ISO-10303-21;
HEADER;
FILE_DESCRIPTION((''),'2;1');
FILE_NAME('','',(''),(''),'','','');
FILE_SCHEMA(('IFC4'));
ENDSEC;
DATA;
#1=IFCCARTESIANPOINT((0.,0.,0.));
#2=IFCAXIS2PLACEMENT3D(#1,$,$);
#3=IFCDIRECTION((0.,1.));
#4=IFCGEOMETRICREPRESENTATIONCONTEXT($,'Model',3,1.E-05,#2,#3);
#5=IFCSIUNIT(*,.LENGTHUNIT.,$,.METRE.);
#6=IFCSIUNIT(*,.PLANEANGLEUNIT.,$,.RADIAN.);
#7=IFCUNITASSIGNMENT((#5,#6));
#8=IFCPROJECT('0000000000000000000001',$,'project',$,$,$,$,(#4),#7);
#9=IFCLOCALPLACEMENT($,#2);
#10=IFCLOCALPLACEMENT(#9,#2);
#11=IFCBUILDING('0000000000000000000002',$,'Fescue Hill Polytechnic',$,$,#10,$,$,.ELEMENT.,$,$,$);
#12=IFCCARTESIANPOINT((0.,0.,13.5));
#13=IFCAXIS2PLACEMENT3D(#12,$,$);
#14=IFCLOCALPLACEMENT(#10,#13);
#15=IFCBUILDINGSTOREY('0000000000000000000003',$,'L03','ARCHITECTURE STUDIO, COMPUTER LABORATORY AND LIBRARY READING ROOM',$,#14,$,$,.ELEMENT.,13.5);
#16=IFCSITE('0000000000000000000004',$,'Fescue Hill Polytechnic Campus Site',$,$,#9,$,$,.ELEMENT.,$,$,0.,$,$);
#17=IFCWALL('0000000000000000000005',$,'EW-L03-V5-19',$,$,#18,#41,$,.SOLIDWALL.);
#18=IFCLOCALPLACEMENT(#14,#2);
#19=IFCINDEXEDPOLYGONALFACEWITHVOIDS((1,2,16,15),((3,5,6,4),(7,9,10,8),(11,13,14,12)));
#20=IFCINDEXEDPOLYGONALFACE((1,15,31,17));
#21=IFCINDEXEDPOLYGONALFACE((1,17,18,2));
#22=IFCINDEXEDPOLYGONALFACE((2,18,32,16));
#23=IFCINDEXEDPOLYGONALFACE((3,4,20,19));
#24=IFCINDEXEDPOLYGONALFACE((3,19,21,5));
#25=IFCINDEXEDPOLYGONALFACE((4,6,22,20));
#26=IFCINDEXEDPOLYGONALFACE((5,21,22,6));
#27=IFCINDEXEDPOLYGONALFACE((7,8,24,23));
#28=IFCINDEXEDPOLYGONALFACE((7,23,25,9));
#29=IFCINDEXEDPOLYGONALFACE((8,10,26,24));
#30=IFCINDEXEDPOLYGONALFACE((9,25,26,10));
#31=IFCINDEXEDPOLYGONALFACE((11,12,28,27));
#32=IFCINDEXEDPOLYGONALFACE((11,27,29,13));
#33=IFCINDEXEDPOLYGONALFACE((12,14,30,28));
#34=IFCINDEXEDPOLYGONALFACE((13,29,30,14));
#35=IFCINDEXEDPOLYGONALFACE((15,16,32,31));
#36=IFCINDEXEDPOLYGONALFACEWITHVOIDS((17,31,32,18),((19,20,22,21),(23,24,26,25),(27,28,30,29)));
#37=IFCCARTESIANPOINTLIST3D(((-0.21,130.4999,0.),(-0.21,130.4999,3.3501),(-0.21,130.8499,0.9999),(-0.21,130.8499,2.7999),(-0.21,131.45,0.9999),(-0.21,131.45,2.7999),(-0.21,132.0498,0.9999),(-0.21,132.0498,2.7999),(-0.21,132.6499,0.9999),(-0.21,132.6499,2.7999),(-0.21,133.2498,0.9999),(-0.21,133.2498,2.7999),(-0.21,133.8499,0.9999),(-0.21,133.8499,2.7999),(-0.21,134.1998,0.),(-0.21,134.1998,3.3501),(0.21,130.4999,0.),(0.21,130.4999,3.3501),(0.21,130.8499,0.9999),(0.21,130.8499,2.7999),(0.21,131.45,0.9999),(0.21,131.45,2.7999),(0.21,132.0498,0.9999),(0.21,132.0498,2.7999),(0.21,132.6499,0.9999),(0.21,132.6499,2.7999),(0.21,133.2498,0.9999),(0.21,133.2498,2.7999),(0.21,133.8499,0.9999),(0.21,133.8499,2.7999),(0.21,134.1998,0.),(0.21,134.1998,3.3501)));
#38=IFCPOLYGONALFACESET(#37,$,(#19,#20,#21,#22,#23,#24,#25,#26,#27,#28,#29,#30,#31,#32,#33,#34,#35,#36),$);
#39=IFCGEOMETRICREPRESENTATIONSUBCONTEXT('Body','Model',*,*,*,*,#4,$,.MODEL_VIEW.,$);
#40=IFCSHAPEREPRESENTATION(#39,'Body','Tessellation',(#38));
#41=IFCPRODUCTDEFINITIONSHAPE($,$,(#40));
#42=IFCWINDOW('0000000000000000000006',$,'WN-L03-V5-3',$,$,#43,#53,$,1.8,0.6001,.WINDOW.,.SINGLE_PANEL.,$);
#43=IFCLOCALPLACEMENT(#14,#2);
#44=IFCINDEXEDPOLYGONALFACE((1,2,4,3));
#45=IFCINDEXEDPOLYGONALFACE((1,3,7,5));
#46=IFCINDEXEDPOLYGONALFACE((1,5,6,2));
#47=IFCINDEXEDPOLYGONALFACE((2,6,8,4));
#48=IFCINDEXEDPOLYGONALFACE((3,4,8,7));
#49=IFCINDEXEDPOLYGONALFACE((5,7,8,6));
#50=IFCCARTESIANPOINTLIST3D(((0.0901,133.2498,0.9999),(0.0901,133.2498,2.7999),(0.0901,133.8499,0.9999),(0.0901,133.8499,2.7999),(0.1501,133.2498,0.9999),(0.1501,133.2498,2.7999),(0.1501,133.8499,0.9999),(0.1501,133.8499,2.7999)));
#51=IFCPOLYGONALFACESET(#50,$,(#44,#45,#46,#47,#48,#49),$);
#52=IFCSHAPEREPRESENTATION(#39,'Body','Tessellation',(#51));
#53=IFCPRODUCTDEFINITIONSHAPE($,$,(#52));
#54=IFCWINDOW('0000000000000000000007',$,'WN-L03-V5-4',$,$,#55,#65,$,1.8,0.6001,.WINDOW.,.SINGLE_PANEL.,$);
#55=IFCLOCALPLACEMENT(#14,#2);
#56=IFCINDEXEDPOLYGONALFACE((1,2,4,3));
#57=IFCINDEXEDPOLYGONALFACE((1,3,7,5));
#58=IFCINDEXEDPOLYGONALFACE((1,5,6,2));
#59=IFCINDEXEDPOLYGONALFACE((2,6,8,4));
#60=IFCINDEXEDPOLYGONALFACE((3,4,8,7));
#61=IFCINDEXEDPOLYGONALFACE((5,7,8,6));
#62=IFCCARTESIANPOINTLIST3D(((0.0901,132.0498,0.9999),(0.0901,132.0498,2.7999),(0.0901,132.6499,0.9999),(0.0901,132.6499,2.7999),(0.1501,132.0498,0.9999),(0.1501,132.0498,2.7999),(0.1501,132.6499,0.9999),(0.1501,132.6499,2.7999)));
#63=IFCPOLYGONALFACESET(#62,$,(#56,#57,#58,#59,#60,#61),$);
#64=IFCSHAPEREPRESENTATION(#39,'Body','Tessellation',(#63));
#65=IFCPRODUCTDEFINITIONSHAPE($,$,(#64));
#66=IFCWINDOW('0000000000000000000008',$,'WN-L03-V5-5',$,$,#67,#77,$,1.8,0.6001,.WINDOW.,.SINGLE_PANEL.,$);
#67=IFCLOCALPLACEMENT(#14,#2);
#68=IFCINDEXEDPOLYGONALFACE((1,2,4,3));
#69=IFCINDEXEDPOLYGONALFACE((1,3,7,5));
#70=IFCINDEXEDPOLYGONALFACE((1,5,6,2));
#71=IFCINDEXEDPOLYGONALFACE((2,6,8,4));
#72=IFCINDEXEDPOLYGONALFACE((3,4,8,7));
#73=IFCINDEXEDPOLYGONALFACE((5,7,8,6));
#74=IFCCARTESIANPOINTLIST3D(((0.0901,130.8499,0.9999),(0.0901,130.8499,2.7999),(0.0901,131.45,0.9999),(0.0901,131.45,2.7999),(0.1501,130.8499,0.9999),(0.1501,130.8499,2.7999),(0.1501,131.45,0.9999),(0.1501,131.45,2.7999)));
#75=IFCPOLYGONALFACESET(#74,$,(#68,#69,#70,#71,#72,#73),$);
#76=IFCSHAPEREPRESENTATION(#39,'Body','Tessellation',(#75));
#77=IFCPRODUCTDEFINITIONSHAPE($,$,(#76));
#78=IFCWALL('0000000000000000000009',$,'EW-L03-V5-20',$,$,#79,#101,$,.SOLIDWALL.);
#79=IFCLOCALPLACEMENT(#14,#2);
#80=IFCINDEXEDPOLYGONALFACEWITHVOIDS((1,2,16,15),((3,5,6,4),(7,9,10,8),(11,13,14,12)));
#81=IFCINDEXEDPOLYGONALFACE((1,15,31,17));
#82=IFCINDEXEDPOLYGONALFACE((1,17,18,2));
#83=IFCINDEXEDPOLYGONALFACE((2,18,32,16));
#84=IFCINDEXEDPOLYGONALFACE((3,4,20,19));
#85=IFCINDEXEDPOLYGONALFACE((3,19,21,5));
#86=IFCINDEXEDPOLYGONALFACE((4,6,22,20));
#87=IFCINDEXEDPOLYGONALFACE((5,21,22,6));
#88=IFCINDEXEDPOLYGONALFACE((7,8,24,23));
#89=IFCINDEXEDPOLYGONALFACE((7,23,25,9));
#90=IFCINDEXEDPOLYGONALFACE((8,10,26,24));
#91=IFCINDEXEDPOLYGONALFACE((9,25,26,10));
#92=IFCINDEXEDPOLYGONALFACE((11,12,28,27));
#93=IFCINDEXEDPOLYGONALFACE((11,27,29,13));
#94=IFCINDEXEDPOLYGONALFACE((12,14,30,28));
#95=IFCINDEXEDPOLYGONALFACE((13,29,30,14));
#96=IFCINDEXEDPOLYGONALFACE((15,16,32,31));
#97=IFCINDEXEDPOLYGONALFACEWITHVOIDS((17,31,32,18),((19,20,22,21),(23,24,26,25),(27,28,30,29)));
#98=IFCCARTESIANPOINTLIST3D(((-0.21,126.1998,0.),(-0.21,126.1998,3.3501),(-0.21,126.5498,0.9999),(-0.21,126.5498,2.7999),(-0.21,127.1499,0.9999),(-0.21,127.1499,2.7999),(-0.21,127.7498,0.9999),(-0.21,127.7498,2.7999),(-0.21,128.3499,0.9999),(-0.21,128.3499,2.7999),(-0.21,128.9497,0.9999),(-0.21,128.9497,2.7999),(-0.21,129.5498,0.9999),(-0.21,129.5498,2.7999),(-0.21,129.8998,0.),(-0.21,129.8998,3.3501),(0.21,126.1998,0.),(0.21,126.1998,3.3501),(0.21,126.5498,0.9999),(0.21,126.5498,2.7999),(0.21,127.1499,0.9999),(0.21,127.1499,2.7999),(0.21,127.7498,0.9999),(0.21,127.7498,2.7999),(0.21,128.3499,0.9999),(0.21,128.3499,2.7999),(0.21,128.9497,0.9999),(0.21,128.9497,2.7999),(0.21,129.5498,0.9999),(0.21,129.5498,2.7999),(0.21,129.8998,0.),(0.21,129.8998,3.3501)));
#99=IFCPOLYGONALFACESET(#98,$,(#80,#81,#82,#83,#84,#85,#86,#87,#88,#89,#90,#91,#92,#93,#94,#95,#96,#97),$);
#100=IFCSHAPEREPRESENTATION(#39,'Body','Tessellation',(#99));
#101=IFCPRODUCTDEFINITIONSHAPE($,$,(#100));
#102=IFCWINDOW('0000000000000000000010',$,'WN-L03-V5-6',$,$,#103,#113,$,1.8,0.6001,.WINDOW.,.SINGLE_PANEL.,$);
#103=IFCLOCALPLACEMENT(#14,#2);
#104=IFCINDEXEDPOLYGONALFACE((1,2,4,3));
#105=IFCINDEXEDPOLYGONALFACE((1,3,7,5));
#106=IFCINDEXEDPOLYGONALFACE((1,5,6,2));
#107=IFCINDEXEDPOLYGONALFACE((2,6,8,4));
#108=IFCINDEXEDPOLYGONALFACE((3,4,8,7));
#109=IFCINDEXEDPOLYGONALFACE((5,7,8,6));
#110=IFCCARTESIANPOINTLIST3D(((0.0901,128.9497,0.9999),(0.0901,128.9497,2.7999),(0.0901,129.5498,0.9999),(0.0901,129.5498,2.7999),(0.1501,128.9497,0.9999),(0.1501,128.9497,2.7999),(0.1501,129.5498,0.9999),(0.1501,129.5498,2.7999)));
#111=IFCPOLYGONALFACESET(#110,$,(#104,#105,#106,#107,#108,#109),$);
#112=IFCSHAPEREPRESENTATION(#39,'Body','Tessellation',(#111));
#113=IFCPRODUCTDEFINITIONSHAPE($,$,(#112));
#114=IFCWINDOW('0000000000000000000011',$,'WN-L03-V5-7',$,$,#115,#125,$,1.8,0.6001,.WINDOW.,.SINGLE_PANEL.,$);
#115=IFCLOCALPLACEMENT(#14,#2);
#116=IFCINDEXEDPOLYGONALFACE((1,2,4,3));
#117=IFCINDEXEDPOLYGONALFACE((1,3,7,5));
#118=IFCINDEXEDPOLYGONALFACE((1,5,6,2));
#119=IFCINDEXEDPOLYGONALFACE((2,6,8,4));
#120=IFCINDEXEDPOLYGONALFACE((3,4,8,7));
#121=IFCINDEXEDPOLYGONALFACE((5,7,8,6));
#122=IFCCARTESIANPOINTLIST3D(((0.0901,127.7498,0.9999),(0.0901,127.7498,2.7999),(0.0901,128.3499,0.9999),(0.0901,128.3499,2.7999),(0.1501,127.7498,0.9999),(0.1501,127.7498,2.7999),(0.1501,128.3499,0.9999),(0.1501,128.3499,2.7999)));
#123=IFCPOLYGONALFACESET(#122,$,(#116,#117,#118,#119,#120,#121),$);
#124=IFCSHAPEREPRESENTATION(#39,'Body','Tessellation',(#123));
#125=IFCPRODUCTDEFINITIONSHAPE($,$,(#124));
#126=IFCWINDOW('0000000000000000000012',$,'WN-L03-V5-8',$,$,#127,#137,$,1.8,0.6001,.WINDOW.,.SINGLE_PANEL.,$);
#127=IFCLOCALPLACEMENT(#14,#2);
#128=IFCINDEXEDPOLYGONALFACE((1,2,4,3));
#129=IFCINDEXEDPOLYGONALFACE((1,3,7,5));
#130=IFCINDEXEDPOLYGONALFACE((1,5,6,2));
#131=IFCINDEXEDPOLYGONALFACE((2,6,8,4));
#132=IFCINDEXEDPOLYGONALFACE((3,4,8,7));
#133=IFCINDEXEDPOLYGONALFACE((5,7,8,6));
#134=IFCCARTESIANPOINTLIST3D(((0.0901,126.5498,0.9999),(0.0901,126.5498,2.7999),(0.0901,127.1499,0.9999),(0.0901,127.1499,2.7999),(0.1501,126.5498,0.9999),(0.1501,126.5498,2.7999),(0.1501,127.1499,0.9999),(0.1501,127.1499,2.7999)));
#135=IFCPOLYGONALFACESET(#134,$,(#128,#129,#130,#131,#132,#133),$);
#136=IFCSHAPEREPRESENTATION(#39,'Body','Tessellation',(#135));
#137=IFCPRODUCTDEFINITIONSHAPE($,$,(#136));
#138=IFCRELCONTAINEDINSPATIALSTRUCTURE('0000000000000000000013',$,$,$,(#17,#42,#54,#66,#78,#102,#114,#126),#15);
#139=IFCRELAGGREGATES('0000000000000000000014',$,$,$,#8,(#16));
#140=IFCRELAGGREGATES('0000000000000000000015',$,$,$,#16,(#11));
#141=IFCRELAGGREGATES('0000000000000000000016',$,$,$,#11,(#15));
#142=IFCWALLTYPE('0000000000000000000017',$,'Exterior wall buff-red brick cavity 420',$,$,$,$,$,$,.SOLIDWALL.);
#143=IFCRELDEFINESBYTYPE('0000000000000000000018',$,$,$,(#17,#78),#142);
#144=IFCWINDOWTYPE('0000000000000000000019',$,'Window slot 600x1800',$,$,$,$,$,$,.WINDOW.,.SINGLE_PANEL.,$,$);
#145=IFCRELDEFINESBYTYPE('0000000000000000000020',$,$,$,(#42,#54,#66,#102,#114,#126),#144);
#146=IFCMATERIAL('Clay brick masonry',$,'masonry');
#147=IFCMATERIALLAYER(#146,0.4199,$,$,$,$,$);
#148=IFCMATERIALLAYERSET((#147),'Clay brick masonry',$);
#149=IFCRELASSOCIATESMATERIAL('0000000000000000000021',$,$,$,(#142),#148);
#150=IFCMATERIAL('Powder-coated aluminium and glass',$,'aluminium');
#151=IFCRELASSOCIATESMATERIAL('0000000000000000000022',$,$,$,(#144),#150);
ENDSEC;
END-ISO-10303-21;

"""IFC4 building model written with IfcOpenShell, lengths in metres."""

from ifc_helpers import new_model, si_unit, direction, frame, frame_2d, origin, place, context, subcontext, project, spatial, rectangle, extrude, material, layer, layer_set, type_object, element, fill, save


model = new_model("IFC4")

# Units and contexts
model_context = context("Model", 3, precision=1e-05, world=origin(), true_north=direction((0.0, 1.0)))
body_context = subcontext(model_context, "Body", "Model", "MODEL_VIEW")
ifc_project = project(units=[si_unit("LENGTHUNIT", "METRE"), si_unit("PLANEANGLEUNIT", "RADIAN")], contexts=[model_context])

# Site, building, storey
site_placement = place(None, origin())
site = spatial("IfcSite", under=ifc_project, at=site_placement, Name="Fescue Hill Polytechnic Campus Site", CompositionType="ELEMENT", RefElevation=0.0)
building_placement = place(site_placement, origin())
building = spatial("IfcBuilding", under=site, at=building_placement, Name="Fescue Hill Polytechnic", CompositionType="ELEMENT")
storey_placement = place(building_placement, frame((0.0, 0.0, 13.5)))
storey = spatial("IfcBuildingStorey", under=building, at=storey_placement, Name="L03", Description="ARCHITECTURE STUDIO, COMPUTER LABORATORY AND LIBRARY READING ROOM", CompositionType="ELEMENT", Elevation=13.5)

# Shared definitions
ifc_material_1 = material(Name="Clay brick masonry", Category="masonry")

# Walls, openings, windows
ifc_layer_1 = layer(ifc_material_1, 0.4199)
ifc_layer_set_1 = layer_set([ifc_layer_1], Name="Clay brick masonry")
wall_type_1 = type_object("IfcWallType", Name="Exterior wall buff-red brick cavity 420", PredefinedType="SOLIDWALL", material=ifc_layer_set_1)
wall_1_placement = place(storey_placement, frame((0.0, 134.2, 0.0), z_axis=(0.0, 0.0, 1.0), x_axis=(0.0, -1.0, 0.0)))
wall_1 = element("IfcWall", 1, at=wall_1_placement, inside=storey, type_object=wall_type_1, Name="EW-L03-V5-19", PredefinedType="SOLIDWALL", context=body_context, shape_type="SweptSolid", body=[
    extrude(rectangle(XDim=3.7, YDim=0.4199, at=frame_2d((1.8501, 0.0))), origin(), (0.0, 0.0, 1.0), 3.3501),
])
opening_1_placement = place(wall_1_placement, frame((0.3501, 0.0, 1.0)))
opening_1 = element("IfcOpeningElement", 2, at=opening_1_placement, cuts=wall_1, PredefinedType="OPENING", context=body_context, shape_type="SweptSolid", body=[
    extrude(rectangle(XDim=0.6001, YDim=1.8, at=frame_2d((0.3, 0.8999))), frame((0.0, 0.22, 0.0), z_axis=(0.0, -1.0, 0.0), x_axis=(1.0, 0.0, 0.0)), (0.0, 0.0, 1.0), 0.4399),
])
opening_2_placement = place(wall_1_placement, frame((1.55, 0.0, 1.0)))
opening_2 = element("IfcOpeningElement", 3, at=opening_2_placement, cuts=wall_1, PredefinedType="OPENING", context=body_context, shape_type="SweptSolid", body=[
    extrude(rectangle(XDim=0.6001, YDim=1.8, at=frame_2d((0.3, 0.8999))), frame((0.0, 0.22, 0.0), z_axis=(0.0, -1.0, 0.0), x_axis=(1.0, 0.0, 0.0)), (0.0, 0.0, 1.0), 0.4399),
])
opening_3_placement = place(wall_1_placement, frame((2.75, 0.0, 1.0)))
opening_3 = element("IfcOpeningElement", 4, at=opening_3_placement, cuts=wall_1, PredefinedType="OPENING", context=body_context, shape_type="SweptSolid", body=[
    extrude(rectangle(XDim=0.6001, YDim=1.8, at=frame_2d((0.3, 0.8999))), frame((0.0, 0.22, 0.0), z_axis=(0.0, -1.0, 0.0), x_axis=(1.0, 0.0, 0.0)), (0.0, 0.0, 1.0), 0.4399),
])
ifc_material_2 = material(Name="Powder-coated aluminium and glass", Category="aluminium")
window_type = type_object("IfcWindowType", Name="Window slot 600x1800", PartitioningType="SINGLE_PANEL", PredefinedType="WINDOW", material=ifc_material_2)
window_1_placement = place(opening_1_placement, origin())
window_1 = element("IfcWindow", 5, at=window_1_placement, inside=storey, type_object=window_type, Name="WN-L03-V5-3", OverallHeight=1.8, OverallWidth=0.6001, PartitioningType="SINGLE_PANEL", PredefinedType="WINDOW", context=body_context, shape_type="SweptSolid", body=[
    extrude(rectangle(XDim=0.6001, YDim=1.8, at=frame_2d((0.3, 0.8999))), frame((0.0, 0.1501, 0.0), z_axis=(0.0, -1.0, 0.0), x_axis=(1.0, 0.0, 0.0)), (0.0, 0.0, 1.0), 0.0601),
])
fill(opening_1, window_1)
window_2_placement = place(opening_2_placement, origin())
window_2 = element("IfcWindow", 6, at=window_2_placement, inside=storey, type_object=window_type, Name="WN-L03-V5-4", OverallHeight=1.8, OverallWidth=0.6001, PartitioningType="SINGLE_PANEL", PredefinedType="WINDOW", context=body_context, shape_type="SweptSolid", body=[
    extrude(rectangle(XDim=0.6001, YDim=1.8, at=frame_2d((0.3, 0.8999))), frame((0.0, 0.1501, 0.0), z_axis=(0.0, -1.0, 0.0), x_axis=(1.0, 0.0, 0.0)), (0.0, 0.0, 1.0), 0.0601),
])
fill(opening_2, window_2)
window_3_placement = place(opening_3_placement, origin())
window_3 = element("IfcWindow", 7, at=window_3_placement, inside=storey, type_object=window_type, Name="WN-L03-V5-5", OverallHeight=1.8, OverallWidth=0.6001, PartitioningType="SINGLE_PANEL", PredefinedType="WINDOW", context=body_context, shape_type="SweptSolid", body=[
    extrude(rectangle(XDim=0.6001, YDim=1.8, at=frame_2d((0.3, 0.8999))), frame((0.0, 0.1501, 0.0), z_axis=(0.0, -1.0, 0.0), x_axis=(1.0, 0.0, 0.0)), (0.0, 0.0, 1.0), 0.0601),
])
fill(opening_3, window_3)
wall_2_placement = place(storey_placement, frame((0.0, 129.8999, 0.0), z_axis=(0.0, 0.0, 1.0), x_axis=(0.0, -1.0, 0.0)))
wall_2 = element("IfcWall", 8, at=wall_2_placement, inside=storey, type_object=wall_type_1, Name="EW-L03-V5-20", PredefinedType="SOLIDWALL", context=body_context, shape_type="SweptSolid", body=[
    extrude(rectangle(XDim=3.7, YDim=0.4199, at=frame_2d((1.8501, 0.0))), origin(), (0.0, 0.0, 1.0), 3.3501),
])
opening_4_placement = place(wall_2_placement, frame((0.3501, 0.0, 1.0)))
opening_4 = element("IfcOpeningElement", 9, at=opening_4_placement, cuts=wall_2, PredefinedType="OPENING", context=body_context, shape_type="SweptSolid", body=[
    extrude(rectangle(XDim=0.6001, YDim=1.8, at=frame_2d((0.3, 0.8999))), frame((0.0, 0.22, 0.0), z_axis=(0.0, -1.0, 0.0), x_axis=(1.0, 0.0, 0.0)), (0.0, 0.0, 1.0), 0.4399),
])
opening_5_placement = place(wall_2_placement, frame((1.55, 0.0, 1.0)))
opening_5 = element("IfcOpeningElement", 10, at=opening_5_placement, cuts=wall_2, PredefinedType="OPENING", context=body_context, shape_type="SweptSolid", body=[
    extrude(rectangle(XDim=0.6001, YDim=1.8, at=frame_2d((0.3, 0.8999))), frame((0.0, 0.22, 0.0), z_axis=(0.0, -1.0, 0.0), x_axis=(1.0, 0.0, 0.0)), (0.0, 0.0, 1.0), 0.4399),
])
opening_6_placement = place(wall_2_placement, frame((2.75, 0.0, 1.0)))
opening_6 = element("IfcOpeningElement", 11, at=opening_6_placement, cuts=wall_2, PredefinedType="OPENING", context=body_context, shape_type="SweptSolid", body=[
    extrude(rectangle(XDim=0.6001, YDim=1.8, at=frame_2d((0.3, 0.8999))), frame((0.0, 0.22, 0.0), z_axis=(0.0, -1.0, 0.0), x_axis=(1.0, 0.0, 0.0)), (0.0, 0.0, 1.0), 0.4399),
])
window_4_placement = place(opening_4_placement, origin())
window_4 = element("IfcWindow", 12, at=window_4_placement, inside=storey, type_object=window_type, Name="WN-L03-V5-6", OverallHeight=1.8, OverallWidth=0.6001, PartitioningType="SINGLE_PANEL", PredefinedType="WINDOW", context=body_context, shape_type="SweptSolid", body=[
    extrude(rectangle(XDim=0.6001, YDim=1.8, at=frame_2d((0.3, 0.8999))), frame((0.0, 0.1501, 0.0), z_axis=(0.0, -1.0, 0.0), x_axis=(1.0, 0.0, 0.0)), (0.0, 0.0, 1.0), 0.0601),
])
fill(opening_4, window_4)
window_5_placement = place(opening_5_placement, origin())
window_5 = element("IfcWindow", 13, at=window_5_placement, inside=storey, type_object=window_type, Name="WN-L03-V5-7", OverallHeight=1.8, OverallWidth=0.6001, PartitioningType="SINGLE_PANEL", PredefinedType="WINDOW", context=body_context, shape_type="SweptSolid", body=[
    extrude(rectangle(XDim=0.6001, YDim=1.8, at=frame_2d((0.3, 0.8999))), frame((0.0, 0.1501, 0.0), z_axis=(0.0, -1.0, 0.0), x_axis=(1.0, 0.0, 0.0)), (0.0, 0.0, 1.0), 0.0601),
])
fill(opening_5, window_5)
window_6_placement = place(opening_6_placement, origin())
window_6 = element("IfcWindow", 14, at=window_6_placement, inside=storey, type_object=window_type, Name="WN-L03-V5-8", OverallHeight=1.8, OverallWidth=0.6001, PartitioningType="SINGLE_PANEL", PredefinedType="WINDOW", context=body_context, shape_type="SweptSolid", body=[
    extrude(rectangle(XDim=0.6001, YDim=1.8, at=frame_2d((0.3, 0.8999))), frame((0.0, 0.1501, 0.0), z_axis=(0.0, -1.0, 0.0), x_axis=(1.0, 0.0, 0.0)), (0.0, 0.0, 1.0), 0.0601),
])
fill(opening_6, window_6)

save(model, "model.ifc")
